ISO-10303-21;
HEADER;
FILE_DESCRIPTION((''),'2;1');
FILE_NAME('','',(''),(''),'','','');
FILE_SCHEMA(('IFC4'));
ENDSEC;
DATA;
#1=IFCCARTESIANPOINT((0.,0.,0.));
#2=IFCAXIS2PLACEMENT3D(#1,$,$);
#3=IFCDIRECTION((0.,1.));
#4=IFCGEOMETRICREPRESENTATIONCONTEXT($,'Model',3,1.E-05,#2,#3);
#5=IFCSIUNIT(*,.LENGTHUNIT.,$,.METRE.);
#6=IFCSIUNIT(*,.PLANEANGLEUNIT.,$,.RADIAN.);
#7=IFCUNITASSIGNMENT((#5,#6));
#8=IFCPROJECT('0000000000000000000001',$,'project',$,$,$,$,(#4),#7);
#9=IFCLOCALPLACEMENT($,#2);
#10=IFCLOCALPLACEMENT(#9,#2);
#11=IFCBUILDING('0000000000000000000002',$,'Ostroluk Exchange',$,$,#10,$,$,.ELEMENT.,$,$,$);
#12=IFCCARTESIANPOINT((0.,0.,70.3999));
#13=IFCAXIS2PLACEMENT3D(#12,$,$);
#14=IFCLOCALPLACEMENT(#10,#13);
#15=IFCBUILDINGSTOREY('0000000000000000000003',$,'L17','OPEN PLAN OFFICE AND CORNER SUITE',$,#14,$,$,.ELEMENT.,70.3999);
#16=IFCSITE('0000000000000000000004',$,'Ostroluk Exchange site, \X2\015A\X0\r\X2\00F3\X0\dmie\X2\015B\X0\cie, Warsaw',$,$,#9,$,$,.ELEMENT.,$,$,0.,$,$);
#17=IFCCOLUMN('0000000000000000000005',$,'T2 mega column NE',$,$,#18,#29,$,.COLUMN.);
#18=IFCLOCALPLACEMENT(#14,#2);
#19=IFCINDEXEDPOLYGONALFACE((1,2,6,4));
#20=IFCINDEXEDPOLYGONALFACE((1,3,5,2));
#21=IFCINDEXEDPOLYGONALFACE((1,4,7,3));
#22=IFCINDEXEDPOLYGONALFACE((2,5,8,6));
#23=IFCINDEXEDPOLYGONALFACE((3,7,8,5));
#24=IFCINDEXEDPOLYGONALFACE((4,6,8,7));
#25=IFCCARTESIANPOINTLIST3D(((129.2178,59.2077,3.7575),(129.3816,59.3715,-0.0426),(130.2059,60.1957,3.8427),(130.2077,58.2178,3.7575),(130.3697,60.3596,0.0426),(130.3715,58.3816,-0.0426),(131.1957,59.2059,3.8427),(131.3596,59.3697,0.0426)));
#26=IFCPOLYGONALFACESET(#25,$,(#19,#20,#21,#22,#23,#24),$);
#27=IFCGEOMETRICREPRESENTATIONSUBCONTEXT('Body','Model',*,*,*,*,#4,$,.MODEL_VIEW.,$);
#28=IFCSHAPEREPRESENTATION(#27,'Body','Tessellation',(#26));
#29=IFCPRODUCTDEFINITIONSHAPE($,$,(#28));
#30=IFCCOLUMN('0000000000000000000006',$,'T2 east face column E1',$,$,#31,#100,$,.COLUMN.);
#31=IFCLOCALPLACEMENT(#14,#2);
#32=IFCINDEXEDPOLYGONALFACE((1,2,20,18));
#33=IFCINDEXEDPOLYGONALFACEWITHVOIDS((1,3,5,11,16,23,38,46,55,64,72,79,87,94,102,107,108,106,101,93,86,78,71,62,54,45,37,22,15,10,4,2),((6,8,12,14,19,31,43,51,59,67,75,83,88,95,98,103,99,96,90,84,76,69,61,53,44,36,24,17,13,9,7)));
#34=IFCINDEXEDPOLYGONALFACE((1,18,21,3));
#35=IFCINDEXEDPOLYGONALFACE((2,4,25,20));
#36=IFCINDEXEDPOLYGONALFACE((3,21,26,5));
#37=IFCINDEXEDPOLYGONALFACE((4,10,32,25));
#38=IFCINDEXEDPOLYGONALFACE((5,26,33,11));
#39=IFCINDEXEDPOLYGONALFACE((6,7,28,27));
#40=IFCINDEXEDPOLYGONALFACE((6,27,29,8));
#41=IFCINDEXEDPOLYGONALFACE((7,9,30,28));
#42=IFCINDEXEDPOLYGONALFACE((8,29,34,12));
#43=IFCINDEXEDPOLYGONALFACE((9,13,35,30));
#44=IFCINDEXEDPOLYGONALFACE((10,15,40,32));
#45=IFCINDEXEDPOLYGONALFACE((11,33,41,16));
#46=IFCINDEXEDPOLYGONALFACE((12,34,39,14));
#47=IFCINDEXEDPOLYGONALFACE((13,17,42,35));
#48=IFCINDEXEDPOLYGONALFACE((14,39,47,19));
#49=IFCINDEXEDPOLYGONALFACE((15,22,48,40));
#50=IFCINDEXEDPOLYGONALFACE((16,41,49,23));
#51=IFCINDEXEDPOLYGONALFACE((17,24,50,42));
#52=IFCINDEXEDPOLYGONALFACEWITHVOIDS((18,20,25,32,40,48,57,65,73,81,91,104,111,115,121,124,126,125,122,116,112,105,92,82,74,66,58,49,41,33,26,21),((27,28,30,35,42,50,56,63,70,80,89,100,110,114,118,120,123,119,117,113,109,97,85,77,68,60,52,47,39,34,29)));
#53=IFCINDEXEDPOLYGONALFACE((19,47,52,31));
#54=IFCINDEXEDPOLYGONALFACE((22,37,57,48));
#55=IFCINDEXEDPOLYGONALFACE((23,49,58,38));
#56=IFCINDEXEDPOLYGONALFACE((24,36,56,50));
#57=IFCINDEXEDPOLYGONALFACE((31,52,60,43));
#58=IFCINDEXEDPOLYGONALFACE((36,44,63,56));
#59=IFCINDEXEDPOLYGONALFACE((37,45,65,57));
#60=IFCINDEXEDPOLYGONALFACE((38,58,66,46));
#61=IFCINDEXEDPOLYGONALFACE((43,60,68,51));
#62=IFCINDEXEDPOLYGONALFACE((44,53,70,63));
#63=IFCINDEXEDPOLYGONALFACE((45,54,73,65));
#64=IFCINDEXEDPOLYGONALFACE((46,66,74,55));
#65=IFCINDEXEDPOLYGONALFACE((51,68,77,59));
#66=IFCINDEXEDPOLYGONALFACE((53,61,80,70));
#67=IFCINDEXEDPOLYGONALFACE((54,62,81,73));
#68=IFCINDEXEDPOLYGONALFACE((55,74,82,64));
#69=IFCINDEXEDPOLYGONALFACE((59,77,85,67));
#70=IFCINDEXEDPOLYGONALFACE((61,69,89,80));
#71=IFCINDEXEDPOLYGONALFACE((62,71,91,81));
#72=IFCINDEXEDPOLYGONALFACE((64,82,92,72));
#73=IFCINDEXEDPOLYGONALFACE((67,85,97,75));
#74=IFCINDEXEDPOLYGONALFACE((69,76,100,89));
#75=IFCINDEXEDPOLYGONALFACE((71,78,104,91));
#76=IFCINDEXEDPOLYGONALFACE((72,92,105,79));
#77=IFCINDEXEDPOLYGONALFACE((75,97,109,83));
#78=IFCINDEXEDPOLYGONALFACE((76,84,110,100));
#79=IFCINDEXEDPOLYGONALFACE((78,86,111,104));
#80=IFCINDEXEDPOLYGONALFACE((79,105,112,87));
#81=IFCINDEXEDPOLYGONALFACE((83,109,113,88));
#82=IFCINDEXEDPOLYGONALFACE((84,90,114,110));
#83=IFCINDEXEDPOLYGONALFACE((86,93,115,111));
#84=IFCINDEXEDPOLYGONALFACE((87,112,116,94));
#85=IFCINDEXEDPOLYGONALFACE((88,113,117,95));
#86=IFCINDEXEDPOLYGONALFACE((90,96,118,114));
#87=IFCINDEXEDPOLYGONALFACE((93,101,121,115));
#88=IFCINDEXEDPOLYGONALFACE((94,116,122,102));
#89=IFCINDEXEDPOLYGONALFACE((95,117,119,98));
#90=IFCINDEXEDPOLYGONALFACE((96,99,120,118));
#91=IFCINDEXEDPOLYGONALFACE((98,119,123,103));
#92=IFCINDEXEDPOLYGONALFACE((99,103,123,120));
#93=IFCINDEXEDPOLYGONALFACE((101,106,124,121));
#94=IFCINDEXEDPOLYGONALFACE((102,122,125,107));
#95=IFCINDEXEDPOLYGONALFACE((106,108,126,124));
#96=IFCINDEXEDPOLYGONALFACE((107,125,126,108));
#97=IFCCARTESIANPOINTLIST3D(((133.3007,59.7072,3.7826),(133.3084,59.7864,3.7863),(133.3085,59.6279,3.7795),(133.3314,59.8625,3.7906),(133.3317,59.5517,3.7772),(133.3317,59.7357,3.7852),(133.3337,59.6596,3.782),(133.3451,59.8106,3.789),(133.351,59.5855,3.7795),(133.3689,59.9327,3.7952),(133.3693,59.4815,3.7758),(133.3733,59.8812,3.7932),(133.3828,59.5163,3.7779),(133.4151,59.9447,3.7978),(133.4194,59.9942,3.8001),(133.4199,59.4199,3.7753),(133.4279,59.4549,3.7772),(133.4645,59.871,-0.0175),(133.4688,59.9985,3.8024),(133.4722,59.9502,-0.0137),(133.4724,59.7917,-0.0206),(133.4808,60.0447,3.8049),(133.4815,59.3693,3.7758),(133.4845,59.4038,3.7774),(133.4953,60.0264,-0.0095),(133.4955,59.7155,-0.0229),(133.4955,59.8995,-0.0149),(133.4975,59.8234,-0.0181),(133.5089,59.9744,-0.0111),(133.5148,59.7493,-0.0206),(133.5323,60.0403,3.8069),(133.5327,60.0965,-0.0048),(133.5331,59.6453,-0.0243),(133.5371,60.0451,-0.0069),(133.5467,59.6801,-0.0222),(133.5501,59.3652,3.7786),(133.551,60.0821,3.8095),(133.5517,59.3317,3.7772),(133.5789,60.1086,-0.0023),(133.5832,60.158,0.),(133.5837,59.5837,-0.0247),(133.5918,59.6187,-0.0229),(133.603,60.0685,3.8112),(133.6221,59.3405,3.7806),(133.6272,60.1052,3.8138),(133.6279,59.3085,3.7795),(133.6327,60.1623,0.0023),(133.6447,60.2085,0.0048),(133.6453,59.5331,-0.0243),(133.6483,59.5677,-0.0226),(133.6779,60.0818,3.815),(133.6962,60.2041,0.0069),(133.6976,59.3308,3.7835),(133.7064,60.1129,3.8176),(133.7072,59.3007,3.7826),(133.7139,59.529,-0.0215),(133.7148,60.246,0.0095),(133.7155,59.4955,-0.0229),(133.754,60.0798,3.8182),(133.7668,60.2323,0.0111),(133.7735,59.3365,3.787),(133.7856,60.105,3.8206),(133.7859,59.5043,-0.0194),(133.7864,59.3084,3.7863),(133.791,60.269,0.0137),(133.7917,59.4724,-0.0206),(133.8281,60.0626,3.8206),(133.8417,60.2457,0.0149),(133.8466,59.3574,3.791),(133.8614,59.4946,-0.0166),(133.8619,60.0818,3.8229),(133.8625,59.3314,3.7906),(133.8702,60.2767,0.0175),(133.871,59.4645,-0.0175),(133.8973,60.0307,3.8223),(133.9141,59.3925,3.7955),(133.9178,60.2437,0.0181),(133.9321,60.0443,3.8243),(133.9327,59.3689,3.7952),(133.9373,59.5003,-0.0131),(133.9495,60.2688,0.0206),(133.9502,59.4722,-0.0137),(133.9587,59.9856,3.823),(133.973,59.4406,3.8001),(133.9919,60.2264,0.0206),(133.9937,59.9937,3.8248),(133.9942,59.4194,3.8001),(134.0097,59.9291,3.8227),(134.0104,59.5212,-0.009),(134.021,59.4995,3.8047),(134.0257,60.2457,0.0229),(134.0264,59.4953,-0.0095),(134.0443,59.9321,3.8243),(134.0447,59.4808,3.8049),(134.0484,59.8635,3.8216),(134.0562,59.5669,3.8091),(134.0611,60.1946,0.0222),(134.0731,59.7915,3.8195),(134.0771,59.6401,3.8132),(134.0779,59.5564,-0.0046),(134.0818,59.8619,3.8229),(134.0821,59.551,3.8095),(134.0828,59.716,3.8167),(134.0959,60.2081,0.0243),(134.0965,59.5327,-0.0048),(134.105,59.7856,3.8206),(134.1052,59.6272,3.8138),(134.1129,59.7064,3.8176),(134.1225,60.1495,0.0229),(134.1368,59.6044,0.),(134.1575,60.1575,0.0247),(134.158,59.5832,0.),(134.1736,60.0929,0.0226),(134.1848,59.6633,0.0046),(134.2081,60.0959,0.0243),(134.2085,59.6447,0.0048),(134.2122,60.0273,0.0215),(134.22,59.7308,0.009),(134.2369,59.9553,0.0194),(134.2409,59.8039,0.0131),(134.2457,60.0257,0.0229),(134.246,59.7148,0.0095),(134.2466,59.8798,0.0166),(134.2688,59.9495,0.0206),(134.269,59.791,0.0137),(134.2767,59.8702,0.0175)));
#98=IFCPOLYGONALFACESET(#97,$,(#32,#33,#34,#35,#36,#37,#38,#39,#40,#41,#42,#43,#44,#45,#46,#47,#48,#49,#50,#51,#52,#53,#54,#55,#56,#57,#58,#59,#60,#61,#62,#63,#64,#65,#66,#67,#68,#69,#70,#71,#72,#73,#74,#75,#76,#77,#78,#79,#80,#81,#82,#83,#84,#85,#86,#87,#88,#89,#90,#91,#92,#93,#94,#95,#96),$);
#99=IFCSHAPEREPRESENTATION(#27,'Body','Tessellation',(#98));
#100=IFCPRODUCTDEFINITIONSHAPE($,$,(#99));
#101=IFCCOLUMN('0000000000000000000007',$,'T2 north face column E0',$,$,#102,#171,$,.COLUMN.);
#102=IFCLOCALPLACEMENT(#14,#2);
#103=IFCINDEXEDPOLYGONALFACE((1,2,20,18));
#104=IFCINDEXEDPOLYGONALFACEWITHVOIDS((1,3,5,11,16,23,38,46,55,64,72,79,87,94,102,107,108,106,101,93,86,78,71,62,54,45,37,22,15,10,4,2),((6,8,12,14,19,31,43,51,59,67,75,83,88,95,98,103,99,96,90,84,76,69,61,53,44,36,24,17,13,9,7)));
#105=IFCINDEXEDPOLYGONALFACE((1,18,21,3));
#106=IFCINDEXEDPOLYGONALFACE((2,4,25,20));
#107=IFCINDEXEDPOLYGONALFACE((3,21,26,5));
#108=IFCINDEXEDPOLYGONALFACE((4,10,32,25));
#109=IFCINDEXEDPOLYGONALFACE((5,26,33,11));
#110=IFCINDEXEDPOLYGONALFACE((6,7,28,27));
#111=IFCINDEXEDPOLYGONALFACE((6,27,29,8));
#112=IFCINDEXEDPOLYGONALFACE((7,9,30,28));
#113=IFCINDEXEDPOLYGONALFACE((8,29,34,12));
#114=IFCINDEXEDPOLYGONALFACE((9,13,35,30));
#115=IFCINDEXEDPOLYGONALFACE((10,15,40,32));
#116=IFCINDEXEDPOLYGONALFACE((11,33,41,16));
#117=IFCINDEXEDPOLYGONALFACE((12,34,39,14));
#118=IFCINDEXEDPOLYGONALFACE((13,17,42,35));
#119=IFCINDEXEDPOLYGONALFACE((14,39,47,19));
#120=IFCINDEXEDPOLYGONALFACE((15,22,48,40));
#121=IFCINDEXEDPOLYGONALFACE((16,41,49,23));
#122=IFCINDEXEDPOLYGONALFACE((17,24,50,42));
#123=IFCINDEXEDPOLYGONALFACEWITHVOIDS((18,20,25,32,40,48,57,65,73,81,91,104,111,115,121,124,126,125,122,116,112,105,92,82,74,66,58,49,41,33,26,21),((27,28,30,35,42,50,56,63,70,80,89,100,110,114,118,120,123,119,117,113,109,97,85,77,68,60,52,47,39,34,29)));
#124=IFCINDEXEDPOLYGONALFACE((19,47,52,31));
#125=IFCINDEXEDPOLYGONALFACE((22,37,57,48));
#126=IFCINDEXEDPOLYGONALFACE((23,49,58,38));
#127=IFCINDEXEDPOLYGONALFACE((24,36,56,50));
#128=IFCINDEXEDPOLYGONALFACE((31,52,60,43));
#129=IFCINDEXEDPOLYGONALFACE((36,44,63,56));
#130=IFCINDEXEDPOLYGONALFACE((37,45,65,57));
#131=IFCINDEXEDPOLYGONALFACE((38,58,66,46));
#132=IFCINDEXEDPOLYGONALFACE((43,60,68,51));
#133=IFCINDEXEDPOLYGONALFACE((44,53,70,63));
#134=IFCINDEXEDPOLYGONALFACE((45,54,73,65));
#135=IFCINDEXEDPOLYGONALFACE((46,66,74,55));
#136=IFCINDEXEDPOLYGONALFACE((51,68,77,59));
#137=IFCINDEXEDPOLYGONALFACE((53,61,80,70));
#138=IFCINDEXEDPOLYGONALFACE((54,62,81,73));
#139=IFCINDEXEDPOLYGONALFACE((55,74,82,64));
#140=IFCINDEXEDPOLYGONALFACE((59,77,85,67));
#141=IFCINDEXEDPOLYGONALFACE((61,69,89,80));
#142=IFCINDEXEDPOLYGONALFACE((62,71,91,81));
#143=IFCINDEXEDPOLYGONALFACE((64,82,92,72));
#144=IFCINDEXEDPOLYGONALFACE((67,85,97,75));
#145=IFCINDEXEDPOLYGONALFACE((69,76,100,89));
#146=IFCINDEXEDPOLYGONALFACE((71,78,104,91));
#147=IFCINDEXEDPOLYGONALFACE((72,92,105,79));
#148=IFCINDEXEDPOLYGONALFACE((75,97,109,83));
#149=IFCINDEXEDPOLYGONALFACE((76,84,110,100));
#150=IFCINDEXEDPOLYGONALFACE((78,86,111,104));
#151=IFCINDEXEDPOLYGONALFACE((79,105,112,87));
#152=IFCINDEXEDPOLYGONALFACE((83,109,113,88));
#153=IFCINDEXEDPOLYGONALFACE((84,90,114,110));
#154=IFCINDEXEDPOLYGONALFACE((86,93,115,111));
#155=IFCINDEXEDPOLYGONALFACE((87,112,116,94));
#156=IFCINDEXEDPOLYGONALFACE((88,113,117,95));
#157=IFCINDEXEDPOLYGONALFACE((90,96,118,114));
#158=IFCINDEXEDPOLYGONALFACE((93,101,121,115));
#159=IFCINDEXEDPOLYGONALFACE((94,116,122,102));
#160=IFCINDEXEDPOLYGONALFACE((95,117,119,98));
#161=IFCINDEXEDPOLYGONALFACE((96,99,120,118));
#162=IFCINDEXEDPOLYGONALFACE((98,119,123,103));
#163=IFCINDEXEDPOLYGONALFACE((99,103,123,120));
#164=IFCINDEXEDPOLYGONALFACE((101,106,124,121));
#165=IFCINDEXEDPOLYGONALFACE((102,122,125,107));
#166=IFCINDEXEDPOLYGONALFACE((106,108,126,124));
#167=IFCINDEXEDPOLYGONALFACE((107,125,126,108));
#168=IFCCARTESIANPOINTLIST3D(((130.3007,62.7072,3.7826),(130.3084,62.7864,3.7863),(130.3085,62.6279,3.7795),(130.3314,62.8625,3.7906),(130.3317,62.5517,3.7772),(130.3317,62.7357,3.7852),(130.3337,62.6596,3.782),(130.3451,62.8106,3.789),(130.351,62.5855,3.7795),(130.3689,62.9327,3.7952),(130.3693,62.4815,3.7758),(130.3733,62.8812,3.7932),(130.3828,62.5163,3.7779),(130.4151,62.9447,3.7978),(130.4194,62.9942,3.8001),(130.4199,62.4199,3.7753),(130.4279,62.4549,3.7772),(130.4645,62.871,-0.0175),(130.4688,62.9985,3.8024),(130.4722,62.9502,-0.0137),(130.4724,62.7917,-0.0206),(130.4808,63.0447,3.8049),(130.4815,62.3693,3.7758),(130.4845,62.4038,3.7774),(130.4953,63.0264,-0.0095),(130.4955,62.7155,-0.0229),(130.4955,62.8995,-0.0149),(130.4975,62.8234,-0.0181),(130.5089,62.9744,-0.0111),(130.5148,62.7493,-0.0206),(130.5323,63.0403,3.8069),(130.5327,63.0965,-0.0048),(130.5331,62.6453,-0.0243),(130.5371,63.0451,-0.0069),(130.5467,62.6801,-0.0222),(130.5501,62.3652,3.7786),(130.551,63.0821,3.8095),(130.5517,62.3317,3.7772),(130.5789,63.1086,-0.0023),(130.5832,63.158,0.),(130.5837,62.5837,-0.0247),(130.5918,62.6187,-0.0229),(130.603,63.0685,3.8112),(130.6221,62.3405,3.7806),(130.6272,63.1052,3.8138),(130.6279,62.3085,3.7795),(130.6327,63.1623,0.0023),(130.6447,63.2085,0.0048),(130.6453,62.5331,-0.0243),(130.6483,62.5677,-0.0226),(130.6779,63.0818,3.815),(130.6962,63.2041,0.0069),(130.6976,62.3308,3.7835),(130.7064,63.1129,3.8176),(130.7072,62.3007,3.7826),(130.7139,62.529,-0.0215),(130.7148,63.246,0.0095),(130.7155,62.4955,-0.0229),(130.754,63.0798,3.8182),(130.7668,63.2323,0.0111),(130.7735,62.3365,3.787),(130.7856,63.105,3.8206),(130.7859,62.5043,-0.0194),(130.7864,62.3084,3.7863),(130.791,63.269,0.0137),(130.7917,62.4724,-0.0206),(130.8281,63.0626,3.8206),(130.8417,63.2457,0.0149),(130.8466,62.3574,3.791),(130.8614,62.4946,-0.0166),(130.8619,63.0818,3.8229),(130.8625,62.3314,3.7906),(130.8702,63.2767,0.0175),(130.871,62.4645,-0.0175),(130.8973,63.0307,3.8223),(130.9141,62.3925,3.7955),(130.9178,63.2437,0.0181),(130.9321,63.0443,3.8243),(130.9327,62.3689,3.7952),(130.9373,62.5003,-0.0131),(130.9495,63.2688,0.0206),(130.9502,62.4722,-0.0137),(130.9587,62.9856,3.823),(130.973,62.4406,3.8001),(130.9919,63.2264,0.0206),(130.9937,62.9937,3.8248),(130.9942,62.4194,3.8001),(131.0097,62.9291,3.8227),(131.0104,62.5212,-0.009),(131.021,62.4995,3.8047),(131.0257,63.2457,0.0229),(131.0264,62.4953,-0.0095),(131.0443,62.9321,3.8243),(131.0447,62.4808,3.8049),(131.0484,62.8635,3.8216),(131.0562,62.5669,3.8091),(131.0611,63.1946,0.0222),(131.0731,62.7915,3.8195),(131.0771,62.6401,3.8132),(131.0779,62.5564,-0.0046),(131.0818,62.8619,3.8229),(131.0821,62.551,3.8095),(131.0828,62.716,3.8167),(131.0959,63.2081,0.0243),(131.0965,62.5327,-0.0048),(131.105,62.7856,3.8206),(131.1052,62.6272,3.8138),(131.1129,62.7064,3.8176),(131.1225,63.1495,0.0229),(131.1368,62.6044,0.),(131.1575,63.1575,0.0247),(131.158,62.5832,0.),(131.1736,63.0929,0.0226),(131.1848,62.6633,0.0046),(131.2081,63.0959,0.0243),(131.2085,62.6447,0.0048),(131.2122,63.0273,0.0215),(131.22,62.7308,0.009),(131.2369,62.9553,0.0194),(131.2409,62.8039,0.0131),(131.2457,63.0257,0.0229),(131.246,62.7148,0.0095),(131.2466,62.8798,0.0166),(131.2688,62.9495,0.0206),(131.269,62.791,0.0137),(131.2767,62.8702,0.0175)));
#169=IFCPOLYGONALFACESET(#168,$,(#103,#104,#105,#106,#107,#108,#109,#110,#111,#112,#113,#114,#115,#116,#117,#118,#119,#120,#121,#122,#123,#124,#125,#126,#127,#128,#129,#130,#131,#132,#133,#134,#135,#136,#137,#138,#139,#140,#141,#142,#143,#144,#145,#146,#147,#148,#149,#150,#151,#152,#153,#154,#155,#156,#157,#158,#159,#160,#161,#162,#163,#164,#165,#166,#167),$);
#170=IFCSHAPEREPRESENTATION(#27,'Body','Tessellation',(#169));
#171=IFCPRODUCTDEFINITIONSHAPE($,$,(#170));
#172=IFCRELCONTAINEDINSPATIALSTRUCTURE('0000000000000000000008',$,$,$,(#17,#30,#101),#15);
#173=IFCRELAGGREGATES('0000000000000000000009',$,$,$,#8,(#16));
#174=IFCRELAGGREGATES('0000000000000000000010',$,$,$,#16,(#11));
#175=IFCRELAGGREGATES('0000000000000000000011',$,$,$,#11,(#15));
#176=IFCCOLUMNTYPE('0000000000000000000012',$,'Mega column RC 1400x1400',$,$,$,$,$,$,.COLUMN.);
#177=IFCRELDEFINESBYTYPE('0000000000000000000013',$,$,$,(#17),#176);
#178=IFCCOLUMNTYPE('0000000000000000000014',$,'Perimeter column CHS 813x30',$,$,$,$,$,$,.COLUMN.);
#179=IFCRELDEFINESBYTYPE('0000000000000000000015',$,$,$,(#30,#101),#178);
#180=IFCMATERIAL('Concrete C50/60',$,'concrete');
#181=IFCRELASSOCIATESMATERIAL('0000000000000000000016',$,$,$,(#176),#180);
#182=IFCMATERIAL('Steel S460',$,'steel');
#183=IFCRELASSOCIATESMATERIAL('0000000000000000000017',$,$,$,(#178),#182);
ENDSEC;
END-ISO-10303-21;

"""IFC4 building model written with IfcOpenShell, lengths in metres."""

from ifc_helpers import new_model, si_unit, direction, frame, origin, origin_2d, place, context, subcontext, project, spatial, rectangle, hollow_circle, extrude, material, material_profile, profile_set, type_object, element, save


model = new_model("IFC4")

# Units and contexts
model_context = context("Model", 3, precision=1e-05, world=origin(), true_north=direction((0.0, 1.0)))
body_context = subcontext(model_context, "Body", "Model", "MODEL_VIEW")
ifc_project = project(units=[si_unit("LENGTHUNIT", "METRE"), si_unit("PLANEANGLEUNIT", "RADIAN")], contexts=[model_context])

# Site, building, storey
site_placement = place(None, origin())
site = spatial("IfcSite", under=ifc_project, at=site_placement, Name="Ostroluk Exchange site, Śródmieście, Warsaw", CompositionType="ELEMENT", RefElevation=0.0)
building_placement = place(site_placement, origin())
building = spatial("IfcBuilding", under=site, at=building_placement, Name="Ostroluk Exchange", CompositionType="ELEMENT")
storey_placement = place(building_placement, frame((0.0, 0.0, 70.3999)))
storey = spatial("IfcBuildingStorey", under=building, at=storey_placement, Name="L17", Description="OPEN PLAN OFFICE AND CORNER SUITE", CompositionType="ELEMENT", Elevation=70.3999)

# Columns
ifc_material_1 = material(Name="Concrete C50/60", Category="concrete")
ifc_material_profile_1 = material_profile(ifc_material_1, rectangle(XDim=1.3999, YDim=1.3999, at=origin_2d()), Name="RC 1400x1400")
ifc_profile_set_1 = profile_set([ifc_material_profile_1], Name="Concrete C50/60")
column_type_1 = type_object("IfcColumnType", Name="Mega column RC 1400x1400", PredefinedType="COLUMN", material=ifc_profile_set_1)
column_placement = place(storey_placement, frame((130.3706, 59.3706, 0.0), z_axis=(-0.04303, -0.04303, 0.998147), x_axis=(0.707107, -0.707107, 0.0)))
element("IfcColumn", 1, at=column_placement, inside=storey, type_object=column_type_1, Name="T2 mega column NE", PredefinedType="COLUMN", context=body_context, shape_type="SweptSolid", body=[
    extrude(rectangle(XDim=1.3999, YDim=1.3999, at=origin_2d()), origin(), (0.0, 0.0, 1.0), 3.8071),
])
ifc_material_2 = material(Name="Steel S460", Category="steel")
ifc_material_profile_2 = material_profile(ifc_material_2, hollow_circle(Radius=0.4065, WallThickness=0.03, at=origin_2d()), Name="CHS 813x30")
ifc_profile_set_2 = profile_set([ifc_material_profile_2], Name="Steel S460")
column_type_2 = type_object("IfcColumnType", Name="Perimeter column CHS 813x30", PredefinedType="COLUMN", material=ifc_profile_set_2)
for number, where, z_axis, x_axis, name in (
    (2, (133.8706, 59.8706, 0.0), (-0.04303, -0.04303, 0.998147), (0.707107, -0.707107, 0.0), "T2 east face column E1"),
    (3, (130.8706, 62.8706, 0.0), (-0.04303, -0.04303, 0.998147), (0.707107, -0.707107, 0.0), "T2 north face column E0"),
):
    element("IfcColumn", number, at=place(storey_placement, frame(where, z_axis=z_axis, x_axis=x_axis)), inside=storey, type_object=column_type_2, Name=name, PredefinedType="COLUMN", context=body_context, shape_type="SweptSolid", body=[
        extrude(hollow_circle(Radius=0.4065, WallThickness=0.03, at=origin_2d()), origin(), (0.0, 0.0, 1.0), 3.8071),
    ])

save(model, "model.ifc")
